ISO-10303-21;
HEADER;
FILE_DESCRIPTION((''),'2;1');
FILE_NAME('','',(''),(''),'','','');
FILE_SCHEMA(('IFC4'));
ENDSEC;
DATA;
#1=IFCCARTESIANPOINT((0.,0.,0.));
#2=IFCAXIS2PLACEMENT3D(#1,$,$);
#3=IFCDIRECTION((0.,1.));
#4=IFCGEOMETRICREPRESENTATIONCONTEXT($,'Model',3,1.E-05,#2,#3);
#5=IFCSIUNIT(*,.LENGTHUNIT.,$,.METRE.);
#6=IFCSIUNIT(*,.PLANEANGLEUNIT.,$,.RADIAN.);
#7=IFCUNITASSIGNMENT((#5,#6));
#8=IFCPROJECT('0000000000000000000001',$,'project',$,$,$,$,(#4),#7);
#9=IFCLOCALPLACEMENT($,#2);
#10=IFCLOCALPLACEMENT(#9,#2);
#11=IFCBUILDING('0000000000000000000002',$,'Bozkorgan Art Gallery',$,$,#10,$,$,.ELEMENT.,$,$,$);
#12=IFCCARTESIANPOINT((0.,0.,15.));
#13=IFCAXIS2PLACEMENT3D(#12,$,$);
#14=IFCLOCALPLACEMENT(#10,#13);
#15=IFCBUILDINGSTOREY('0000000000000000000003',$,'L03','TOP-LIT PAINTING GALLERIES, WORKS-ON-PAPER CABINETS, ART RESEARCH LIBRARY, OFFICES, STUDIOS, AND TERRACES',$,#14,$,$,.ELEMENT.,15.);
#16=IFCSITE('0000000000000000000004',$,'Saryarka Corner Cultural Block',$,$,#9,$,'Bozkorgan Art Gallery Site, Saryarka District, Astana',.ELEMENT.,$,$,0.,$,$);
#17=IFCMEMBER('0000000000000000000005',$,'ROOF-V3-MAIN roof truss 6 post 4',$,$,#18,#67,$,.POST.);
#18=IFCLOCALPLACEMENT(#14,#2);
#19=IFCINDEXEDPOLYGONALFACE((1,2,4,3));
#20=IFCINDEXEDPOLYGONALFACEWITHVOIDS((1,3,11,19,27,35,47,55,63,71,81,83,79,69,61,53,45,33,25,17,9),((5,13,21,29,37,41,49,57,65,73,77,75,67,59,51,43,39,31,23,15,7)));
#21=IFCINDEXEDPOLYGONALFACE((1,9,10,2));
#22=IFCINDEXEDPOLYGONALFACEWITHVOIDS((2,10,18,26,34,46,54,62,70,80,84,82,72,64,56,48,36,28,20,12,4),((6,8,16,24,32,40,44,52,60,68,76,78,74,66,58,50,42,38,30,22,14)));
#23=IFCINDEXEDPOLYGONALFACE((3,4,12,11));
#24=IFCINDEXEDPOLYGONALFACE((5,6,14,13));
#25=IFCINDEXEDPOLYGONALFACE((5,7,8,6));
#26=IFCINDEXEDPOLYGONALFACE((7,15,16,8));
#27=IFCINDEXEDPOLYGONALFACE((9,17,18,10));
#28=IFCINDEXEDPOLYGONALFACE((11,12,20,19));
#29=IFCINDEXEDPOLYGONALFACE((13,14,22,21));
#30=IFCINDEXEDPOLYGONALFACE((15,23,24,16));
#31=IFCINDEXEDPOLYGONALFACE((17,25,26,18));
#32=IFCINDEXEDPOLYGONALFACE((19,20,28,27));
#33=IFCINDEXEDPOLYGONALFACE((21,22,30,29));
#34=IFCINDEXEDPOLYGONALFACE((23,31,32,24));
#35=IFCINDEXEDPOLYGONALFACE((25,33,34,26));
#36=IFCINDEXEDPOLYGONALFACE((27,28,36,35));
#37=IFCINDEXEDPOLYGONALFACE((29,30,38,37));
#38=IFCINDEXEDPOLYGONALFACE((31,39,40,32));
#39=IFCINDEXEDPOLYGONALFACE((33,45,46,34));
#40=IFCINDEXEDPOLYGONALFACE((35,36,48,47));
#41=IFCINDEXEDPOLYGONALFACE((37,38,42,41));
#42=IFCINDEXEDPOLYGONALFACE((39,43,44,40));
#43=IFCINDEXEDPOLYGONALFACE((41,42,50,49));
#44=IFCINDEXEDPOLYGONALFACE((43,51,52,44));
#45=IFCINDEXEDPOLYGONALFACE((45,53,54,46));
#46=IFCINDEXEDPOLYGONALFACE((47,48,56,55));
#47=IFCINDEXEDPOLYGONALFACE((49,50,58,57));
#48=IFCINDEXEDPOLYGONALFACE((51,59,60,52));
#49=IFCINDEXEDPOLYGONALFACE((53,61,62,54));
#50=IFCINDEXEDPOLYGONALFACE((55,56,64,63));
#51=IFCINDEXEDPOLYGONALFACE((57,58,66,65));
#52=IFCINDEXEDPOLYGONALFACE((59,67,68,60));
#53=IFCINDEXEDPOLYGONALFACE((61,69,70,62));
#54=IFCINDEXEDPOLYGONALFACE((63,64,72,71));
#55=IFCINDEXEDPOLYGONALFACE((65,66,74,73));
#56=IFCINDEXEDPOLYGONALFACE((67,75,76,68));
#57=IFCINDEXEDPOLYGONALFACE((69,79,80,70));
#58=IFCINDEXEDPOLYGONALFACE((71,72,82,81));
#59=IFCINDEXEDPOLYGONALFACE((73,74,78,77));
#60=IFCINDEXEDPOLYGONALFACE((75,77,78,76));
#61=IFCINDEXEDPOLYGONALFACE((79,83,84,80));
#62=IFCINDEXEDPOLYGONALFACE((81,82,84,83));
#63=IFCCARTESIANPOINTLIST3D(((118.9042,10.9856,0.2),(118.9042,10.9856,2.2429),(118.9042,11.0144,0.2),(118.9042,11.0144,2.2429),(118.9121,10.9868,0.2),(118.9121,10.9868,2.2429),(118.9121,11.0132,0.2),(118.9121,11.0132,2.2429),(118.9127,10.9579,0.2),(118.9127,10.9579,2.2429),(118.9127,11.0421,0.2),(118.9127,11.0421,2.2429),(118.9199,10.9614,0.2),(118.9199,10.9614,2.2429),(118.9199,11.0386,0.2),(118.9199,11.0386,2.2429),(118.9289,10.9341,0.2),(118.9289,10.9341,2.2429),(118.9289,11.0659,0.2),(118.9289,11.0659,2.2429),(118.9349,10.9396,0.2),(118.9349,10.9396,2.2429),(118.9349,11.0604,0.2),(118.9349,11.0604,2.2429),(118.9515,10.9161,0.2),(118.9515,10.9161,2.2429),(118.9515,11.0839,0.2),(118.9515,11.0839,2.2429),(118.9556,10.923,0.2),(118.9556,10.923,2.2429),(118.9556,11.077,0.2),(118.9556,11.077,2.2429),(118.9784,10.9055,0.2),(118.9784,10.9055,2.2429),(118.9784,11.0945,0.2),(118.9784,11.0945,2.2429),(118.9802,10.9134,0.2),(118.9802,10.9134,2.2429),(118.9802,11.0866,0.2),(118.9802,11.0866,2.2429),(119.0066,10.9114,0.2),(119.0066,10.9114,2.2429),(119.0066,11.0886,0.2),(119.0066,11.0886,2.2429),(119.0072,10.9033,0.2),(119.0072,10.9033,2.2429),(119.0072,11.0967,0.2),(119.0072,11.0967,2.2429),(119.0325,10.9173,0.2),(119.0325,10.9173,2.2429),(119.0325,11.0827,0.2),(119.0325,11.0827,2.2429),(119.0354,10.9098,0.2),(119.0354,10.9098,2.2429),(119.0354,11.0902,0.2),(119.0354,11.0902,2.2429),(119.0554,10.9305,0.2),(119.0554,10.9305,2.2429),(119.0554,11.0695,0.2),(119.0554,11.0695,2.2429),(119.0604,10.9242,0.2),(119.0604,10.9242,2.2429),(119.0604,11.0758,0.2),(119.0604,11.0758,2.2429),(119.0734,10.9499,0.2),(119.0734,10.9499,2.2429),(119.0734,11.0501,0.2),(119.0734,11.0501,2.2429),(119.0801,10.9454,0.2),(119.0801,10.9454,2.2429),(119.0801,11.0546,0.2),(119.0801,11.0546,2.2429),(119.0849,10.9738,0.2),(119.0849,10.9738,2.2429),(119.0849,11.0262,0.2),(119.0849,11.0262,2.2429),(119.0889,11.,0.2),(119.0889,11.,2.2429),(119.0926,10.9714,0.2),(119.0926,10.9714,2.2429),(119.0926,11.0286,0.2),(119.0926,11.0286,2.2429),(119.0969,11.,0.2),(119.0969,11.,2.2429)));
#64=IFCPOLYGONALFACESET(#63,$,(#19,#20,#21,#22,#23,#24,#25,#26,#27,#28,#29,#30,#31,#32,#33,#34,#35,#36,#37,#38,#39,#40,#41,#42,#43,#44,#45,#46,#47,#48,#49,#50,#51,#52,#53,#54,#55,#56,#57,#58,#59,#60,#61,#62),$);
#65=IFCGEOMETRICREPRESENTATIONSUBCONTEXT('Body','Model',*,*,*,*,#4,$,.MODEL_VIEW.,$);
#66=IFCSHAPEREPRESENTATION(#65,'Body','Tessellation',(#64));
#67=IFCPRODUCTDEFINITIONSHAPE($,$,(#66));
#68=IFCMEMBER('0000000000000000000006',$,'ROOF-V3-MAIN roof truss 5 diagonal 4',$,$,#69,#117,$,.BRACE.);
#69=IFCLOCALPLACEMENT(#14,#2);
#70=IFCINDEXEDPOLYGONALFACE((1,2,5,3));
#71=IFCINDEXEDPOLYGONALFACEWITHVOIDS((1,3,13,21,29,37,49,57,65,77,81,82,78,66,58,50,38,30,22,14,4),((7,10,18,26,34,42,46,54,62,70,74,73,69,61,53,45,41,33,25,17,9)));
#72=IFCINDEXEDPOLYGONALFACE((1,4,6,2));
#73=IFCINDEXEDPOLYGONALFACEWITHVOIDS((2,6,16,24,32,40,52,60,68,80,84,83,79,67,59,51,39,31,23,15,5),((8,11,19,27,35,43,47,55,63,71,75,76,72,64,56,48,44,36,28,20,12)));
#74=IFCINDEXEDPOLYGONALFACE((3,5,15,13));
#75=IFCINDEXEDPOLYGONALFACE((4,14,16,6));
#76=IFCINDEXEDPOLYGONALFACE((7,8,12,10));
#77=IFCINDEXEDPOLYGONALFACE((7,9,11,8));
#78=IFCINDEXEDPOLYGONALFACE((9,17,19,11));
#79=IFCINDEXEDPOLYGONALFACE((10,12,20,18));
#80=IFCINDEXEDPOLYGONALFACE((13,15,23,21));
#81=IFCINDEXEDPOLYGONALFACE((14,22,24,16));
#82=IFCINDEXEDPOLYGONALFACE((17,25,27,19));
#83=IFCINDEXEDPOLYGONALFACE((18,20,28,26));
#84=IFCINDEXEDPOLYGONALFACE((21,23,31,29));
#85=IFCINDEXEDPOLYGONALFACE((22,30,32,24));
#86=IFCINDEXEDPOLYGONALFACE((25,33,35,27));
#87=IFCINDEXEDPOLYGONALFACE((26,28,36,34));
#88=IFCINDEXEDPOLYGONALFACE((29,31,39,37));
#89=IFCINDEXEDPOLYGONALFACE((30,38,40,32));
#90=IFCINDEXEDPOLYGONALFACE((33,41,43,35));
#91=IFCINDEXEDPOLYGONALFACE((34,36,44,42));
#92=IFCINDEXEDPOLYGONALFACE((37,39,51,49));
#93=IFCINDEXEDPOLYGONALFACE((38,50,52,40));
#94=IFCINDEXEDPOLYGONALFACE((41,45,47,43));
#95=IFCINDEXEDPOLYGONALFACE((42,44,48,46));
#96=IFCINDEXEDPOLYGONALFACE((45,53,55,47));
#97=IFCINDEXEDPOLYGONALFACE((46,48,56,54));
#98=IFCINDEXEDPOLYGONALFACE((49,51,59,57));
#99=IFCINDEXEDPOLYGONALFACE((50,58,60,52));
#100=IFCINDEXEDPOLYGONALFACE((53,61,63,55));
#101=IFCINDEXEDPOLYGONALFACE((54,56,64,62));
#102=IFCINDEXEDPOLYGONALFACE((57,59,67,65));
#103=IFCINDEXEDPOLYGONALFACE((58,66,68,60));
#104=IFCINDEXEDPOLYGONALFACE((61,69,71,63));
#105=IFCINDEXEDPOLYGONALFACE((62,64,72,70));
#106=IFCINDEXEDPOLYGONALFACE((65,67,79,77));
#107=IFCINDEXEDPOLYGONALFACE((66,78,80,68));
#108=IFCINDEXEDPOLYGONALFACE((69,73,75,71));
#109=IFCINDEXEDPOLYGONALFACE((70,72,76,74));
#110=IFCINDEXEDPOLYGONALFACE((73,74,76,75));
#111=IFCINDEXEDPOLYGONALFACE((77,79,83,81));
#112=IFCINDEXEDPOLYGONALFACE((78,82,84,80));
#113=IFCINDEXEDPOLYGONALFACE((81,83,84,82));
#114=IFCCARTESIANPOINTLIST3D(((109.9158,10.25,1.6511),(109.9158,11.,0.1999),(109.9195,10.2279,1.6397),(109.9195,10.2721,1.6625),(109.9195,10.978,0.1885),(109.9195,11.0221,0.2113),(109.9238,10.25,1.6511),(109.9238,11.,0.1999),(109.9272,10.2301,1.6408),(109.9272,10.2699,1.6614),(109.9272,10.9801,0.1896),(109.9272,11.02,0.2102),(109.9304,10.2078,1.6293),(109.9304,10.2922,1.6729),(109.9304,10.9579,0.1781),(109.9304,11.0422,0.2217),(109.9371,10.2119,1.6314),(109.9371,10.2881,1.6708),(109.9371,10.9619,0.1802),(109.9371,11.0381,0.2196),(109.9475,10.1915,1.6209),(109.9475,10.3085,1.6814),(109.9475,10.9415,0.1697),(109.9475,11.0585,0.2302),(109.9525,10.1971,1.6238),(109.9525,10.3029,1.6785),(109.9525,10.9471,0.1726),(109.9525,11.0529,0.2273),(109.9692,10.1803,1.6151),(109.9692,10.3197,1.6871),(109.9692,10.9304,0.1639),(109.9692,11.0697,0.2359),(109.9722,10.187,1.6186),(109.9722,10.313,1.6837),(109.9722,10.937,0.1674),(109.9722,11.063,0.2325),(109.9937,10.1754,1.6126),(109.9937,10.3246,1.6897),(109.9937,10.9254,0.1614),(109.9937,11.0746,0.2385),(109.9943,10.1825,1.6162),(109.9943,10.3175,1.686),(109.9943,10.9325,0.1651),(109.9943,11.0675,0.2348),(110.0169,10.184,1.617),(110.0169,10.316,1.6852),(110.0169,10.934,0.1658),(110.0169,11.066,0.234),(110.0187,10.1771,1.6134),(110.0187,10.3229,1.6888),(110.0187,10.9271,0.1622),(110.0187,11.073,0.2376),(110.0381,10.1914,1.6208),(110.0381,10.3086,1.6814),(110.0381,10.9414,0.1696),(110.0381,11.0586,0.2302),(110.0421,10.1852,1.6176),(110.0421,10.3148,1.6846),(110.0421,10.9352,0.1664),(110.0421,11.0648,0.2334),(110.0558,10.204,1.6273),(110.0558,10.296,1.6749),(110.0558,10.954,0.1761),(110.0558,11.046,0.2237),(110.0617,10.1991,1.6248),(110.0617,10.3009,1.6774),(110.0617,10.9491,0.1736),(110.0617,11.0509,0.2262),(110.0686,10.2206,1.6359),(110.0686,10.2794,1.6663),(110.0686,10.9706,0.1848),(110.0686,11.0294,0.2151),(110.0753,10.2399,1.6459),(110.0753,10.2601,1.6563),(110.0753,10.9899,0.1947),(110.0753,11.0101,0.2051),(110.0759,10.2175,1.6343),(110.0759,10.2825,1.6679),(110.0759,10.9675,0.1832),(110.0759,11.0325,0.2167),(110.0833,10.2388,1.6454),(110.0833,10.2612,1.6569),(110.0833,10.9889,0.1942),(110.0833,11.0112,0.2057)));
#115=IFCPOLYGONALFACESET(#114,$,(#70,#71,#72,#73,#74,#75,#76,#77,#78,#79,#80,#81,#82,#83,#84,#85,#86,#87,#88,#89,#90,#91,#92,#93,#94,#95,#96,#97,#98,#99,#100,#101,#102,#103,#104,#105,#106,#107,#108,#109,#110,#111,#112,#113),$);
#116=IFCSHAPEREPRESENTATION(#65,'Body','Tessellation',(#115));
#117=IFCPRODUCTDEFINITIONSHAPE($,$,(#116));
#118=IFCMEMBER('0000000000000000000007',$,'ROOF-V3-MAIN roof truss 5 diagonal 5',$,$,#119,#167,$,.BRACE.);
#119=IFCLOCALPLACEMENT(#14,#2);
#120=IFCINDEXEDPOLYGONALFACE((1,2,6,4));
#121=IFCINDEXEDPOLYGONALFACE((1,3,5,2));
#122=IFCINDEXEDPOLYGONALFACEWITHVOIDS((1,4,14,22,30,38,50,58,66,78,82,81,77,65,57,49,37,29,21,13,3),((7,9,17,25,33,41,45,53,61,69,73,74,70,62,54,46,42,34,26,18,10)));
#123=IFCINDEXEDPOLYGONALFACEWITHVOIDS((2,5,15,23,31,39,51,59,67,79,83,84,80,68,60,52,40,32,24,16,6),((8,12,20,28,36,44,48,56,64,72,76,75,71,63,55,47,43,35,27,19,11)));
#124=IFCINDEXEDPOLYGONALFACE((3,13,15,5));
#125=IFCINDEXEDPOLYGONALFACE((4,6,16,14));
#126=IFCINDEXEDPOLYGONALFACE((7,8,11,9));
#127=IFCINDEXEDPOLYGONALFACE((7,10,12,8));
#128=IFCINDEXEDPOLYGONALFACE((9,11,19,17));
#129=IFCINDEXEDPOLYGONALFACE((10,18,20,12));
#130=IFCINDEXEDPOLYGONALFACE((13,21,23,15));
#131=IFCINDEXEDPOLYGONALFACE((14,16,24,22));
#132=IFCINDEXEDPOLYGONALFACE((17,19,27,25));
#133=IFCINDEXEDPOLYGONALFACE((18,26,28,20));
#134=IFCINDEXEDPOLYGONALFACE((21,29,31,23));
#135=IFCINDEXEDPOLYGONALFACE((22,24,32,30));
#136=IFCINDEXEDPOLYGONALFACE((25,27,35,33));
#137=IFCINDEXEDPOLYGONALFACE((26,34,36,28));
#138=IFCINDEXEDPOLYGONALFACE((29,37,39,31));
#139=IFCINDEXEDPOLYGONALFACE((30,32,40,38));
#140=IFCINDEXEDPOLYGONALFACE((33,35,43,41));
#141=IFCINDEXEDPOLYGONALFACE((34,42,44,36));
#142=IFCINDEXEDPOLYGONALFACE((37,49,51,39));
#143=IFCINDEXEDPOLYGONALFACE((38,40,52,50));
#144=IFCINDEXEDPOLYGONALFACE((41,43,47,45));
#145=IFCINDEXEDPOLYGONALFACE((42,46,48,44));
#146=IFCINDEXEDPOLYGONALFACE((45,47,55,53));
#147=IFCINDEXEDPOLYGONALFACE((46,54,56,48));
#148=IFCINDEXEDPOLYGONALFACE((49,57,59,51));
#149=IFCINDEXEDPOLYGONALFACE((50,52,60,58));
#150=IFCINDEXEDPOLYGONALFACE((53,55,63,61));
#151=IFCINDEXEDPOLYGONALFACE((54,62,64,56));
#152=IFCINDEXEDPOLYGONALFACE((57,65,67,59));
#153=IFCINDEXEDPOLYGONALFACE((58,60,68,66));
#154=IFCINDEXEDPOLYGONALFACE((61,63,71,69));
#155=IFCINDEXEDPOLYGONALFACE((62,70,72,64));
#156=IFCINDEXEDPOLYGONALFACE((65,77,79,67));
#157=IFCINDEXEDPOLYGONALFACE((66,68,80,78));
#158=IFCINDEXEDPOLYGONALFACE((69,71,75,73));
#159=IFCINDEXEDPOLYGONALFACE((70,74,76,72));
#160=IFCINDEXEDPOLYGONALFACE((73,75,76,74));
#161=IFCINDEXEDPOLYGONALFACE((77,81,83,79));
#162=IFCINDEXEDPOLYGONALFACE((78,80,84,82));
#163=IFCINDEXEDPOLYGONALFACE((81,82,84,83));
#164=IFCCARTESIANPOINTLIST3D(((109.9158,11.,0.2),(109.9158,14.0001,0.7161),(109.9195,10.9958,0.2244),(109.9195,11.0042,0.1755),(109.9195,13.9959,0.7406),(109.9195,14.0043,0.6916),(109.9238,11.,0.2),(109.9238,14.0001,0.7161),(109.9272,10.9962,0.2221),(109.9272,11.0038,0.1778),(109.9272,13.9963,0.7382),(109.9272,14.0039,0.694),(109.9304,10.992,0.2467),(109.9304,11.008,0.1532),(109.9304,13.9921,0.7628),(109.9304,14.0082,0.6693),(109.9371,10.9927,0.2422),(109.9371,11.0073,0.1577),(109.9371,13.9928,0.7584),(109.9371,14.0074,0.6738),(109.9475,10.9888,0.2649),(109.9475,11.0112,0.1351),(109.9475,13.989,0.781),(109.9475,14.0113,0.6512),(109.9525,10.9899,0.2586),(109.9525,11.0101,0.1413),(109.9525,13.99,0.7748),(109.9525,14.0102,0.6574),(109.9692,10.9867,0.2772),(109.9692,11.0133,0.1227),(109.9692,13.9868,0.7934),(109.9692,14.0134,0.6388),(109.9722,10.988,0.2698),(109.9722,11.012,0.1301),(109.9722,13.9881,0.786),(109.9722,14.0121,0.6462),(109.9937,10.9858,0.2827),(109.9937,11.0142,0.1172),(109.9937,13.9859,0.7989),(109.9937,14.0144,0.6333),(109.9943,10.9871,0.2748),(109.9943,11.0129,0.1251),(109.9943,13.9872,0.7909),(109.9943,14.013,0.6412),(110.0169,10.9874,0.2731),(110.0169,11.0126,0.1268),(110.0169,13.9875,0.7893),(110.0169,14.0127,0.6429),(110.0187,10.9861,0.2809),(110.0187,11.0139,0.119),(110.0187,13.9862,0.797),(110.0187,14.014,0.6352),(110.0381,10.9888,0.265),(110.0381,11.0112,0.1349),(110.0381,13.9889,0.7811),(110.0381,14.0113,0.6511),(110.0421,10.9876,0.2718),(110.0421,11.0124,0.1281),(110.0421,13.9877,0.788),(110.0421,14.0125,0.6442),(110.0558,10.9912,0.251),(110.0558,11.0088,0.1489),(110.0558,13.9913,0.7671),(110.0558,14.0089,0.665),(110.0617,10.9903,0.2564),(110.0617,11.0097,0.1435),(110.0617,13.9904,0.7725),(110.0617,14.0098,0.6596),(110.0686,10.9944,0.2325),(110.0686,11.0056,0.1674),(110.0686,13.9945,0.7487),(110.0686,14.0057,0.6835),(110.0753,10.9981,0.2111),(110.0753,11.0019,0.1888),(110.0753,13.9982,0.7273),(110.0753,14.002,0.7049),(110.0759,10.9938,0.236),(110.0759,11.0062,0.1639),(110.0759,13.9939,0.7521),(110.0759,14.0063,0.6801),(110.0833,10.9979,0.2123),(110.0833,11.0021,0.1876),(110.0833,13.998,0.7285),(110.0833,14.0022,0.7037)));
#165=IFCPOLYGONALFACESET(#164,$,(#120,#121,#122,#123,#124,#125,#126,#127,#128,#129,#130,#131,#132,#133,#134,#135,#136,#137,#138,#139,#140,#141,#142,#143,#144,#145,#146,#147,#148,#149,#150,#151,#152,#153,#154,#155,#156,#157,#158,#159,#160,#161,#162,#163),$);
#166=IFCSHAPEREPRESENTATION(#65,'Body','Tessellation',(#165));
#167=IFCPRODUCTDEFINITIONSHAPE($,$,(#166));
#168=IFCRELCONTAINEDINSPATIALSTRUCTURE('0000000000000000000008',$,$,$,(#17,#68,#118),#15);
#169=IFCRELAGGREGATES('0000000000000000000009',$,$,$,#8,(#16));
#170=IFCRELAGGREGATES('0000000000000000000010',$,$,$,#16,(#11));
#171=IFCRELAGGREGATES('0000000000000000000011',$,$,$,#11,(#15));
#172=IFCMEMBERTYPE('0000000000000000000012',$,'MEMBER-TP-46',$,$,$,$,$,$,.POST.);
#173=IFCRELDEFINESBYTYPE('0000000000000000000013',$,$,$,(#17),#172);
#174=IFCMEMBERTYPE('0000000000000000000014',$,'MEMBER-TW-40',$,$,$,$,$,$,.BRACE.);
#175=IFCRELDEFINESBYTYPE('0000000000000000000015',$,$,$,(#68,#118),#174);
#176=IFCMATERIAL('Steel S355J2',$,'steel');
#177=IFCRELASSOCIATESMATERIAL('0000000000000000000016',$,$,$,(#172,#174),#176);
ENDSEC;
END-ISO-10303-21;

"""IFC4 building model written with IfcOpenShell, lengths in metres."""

from ifc_helpers import new_model, si_unit, direction, frame, origin, origin_2d, place, context, subcontext, project, spatial, hollow_circle, extrude, material, material_profile, profile_set, type_object, element, save


model = new_model("IFC4")

# Units and contexts
model_context = context("Model", 3, precision=1e-05, world=origin(), true_north=direction((0.0, 1.0)))
body_context = subcontext(model_context, "Body", "Model", "MODEL_VIEW")
ifc_project = project(units=[si_unit("LENGTHUNIT", "METRE"), si_unit("PLANEANGLEUNIT", "RADIAN")], contexts=[model_context])

# Site, building, storey
site_placement = place(None, origin())
site = spatial("IfcSite", under=ifc_project, at=site_placement, Name="Saryarka Corner Cultural Block", LongName="Bozkorgan Art Gallery Site, Saryarka District, Astana", CompositionType="ELEMENT", RefElevation=0.0)
building_placement = place(site_placement, origin())
building = spatial("IfcBuilding", under=site, at=building_placement, Name="Bozkorgan Art Gallery", CompositionType="ELEMENT")
storey_placement = place(building_placement, frame((0.0, 0.0, 15.0)))
storey = spatial("IfcBuildingStorey", under=building, at=storey_placement, Name="L03", Description="TOP-LIT PAINTING GALLERIES, WORKS-ON-PAPER CABINETS, ART RESEARCH LIBRARY, OFFICES, STUDIOS, AND TERRACES", CompositionType="ELEMENT", Elevation=15.0)

# Shared definitions
ifc_material_1 = material(Name="Steel S355J2", Category="steel")

# Members
ifc_material_profile_1 = material_profile(ifc_material_1, hollow_circle(Radius=0.0969, WallThickness=0.0081, at=origin_2d()), Name="CHS 193.7x8")
ifc_profile_set_1 = profile_set([ifc_material_profile_1], Name="Steel S355J2")
member_type_1 = type_object("IfcMemberType", Name="MEMBER-TP-46", PredefinedType="POST", material=ifc_profile_set_1)
member_1_placement = place(storey_placement, frame((119.0, 11.0, 0.2), z_axis=(0.0, 0.0, 1.0), x_axis=(1.0, 0.0, 0.0)))
element("IfcMember", 1, at=member_1_placement, inside=storey, type_object=member_type_1, Name="ROOF-V3-MAIN roof truss 6 post 4", PredefinedType="POST", context=body_context, shape_type="SweptSolid", body=[
    extrude(hollow_circle(Radius=0.0969, WallThickness=0.0081, at=origin_2d()), origin(), (0.0, 0.0, 1.0), 2.043),
])
ifc_material_profile_2 = material_profile(ifc_material_1, hollow_circle(Radius=0.0842, WallThickness=0.0081, at=origin_2d()), Name="CHS 168.3x8")
ifc_profile_set_2 = profile_set([ifc_material_profile_2], Name="Steel S355J2")
member_type_2 = type_object("IfcMemberType", Name="MEMBER-TW-40", PredefinedType="BRACE", material=ifc_profile_set_2)
member_2_placement = place(storey_placement, frame((110.0, 10.25, 1.6511), z_axis=(0.0, 0.45913, -0.888369), x_axis=(-1.0, 0.0, 0.0)))
element("IfcMember", 2, at=member_2_placement, inside=storey, type_object=member_type_2, Name="ROOF-V3-MAIN roof truss 5 diagonal 4", PredefinedType="BRACE", context=body_context, shape_type="SweptSolid", body=[
    extrude(hollow_circle(Radius=0.0842, WallThickness=0.0081, at=origin_2d()), origin(), (0.0, 0.0, 1.0), 1.6335),
])
member_3_placement = place(storey_placement, frame((110.0, 11.0, 0.2), z_axis=(0.0, 0.985522, 0.169547), x_axis=(-1.0, 0.0, 0.0)))
element("IfcMember", 3, at=member_3_placement, inside=storey, type_object=member_type_2, Name="ROOF-V3-MAIN roof truss 5 diagonal 5", PredefinedType="BRACE", context=body_context, shape_type="SweptSolid", body=[
    extrude(hollow_circle(Radius=0.0842, WallThickness=0.0081, at=origin_2d()), origin(), (0.0, 0.0, 1.0), 3.0442),
])

save(model, "model.ifc")
